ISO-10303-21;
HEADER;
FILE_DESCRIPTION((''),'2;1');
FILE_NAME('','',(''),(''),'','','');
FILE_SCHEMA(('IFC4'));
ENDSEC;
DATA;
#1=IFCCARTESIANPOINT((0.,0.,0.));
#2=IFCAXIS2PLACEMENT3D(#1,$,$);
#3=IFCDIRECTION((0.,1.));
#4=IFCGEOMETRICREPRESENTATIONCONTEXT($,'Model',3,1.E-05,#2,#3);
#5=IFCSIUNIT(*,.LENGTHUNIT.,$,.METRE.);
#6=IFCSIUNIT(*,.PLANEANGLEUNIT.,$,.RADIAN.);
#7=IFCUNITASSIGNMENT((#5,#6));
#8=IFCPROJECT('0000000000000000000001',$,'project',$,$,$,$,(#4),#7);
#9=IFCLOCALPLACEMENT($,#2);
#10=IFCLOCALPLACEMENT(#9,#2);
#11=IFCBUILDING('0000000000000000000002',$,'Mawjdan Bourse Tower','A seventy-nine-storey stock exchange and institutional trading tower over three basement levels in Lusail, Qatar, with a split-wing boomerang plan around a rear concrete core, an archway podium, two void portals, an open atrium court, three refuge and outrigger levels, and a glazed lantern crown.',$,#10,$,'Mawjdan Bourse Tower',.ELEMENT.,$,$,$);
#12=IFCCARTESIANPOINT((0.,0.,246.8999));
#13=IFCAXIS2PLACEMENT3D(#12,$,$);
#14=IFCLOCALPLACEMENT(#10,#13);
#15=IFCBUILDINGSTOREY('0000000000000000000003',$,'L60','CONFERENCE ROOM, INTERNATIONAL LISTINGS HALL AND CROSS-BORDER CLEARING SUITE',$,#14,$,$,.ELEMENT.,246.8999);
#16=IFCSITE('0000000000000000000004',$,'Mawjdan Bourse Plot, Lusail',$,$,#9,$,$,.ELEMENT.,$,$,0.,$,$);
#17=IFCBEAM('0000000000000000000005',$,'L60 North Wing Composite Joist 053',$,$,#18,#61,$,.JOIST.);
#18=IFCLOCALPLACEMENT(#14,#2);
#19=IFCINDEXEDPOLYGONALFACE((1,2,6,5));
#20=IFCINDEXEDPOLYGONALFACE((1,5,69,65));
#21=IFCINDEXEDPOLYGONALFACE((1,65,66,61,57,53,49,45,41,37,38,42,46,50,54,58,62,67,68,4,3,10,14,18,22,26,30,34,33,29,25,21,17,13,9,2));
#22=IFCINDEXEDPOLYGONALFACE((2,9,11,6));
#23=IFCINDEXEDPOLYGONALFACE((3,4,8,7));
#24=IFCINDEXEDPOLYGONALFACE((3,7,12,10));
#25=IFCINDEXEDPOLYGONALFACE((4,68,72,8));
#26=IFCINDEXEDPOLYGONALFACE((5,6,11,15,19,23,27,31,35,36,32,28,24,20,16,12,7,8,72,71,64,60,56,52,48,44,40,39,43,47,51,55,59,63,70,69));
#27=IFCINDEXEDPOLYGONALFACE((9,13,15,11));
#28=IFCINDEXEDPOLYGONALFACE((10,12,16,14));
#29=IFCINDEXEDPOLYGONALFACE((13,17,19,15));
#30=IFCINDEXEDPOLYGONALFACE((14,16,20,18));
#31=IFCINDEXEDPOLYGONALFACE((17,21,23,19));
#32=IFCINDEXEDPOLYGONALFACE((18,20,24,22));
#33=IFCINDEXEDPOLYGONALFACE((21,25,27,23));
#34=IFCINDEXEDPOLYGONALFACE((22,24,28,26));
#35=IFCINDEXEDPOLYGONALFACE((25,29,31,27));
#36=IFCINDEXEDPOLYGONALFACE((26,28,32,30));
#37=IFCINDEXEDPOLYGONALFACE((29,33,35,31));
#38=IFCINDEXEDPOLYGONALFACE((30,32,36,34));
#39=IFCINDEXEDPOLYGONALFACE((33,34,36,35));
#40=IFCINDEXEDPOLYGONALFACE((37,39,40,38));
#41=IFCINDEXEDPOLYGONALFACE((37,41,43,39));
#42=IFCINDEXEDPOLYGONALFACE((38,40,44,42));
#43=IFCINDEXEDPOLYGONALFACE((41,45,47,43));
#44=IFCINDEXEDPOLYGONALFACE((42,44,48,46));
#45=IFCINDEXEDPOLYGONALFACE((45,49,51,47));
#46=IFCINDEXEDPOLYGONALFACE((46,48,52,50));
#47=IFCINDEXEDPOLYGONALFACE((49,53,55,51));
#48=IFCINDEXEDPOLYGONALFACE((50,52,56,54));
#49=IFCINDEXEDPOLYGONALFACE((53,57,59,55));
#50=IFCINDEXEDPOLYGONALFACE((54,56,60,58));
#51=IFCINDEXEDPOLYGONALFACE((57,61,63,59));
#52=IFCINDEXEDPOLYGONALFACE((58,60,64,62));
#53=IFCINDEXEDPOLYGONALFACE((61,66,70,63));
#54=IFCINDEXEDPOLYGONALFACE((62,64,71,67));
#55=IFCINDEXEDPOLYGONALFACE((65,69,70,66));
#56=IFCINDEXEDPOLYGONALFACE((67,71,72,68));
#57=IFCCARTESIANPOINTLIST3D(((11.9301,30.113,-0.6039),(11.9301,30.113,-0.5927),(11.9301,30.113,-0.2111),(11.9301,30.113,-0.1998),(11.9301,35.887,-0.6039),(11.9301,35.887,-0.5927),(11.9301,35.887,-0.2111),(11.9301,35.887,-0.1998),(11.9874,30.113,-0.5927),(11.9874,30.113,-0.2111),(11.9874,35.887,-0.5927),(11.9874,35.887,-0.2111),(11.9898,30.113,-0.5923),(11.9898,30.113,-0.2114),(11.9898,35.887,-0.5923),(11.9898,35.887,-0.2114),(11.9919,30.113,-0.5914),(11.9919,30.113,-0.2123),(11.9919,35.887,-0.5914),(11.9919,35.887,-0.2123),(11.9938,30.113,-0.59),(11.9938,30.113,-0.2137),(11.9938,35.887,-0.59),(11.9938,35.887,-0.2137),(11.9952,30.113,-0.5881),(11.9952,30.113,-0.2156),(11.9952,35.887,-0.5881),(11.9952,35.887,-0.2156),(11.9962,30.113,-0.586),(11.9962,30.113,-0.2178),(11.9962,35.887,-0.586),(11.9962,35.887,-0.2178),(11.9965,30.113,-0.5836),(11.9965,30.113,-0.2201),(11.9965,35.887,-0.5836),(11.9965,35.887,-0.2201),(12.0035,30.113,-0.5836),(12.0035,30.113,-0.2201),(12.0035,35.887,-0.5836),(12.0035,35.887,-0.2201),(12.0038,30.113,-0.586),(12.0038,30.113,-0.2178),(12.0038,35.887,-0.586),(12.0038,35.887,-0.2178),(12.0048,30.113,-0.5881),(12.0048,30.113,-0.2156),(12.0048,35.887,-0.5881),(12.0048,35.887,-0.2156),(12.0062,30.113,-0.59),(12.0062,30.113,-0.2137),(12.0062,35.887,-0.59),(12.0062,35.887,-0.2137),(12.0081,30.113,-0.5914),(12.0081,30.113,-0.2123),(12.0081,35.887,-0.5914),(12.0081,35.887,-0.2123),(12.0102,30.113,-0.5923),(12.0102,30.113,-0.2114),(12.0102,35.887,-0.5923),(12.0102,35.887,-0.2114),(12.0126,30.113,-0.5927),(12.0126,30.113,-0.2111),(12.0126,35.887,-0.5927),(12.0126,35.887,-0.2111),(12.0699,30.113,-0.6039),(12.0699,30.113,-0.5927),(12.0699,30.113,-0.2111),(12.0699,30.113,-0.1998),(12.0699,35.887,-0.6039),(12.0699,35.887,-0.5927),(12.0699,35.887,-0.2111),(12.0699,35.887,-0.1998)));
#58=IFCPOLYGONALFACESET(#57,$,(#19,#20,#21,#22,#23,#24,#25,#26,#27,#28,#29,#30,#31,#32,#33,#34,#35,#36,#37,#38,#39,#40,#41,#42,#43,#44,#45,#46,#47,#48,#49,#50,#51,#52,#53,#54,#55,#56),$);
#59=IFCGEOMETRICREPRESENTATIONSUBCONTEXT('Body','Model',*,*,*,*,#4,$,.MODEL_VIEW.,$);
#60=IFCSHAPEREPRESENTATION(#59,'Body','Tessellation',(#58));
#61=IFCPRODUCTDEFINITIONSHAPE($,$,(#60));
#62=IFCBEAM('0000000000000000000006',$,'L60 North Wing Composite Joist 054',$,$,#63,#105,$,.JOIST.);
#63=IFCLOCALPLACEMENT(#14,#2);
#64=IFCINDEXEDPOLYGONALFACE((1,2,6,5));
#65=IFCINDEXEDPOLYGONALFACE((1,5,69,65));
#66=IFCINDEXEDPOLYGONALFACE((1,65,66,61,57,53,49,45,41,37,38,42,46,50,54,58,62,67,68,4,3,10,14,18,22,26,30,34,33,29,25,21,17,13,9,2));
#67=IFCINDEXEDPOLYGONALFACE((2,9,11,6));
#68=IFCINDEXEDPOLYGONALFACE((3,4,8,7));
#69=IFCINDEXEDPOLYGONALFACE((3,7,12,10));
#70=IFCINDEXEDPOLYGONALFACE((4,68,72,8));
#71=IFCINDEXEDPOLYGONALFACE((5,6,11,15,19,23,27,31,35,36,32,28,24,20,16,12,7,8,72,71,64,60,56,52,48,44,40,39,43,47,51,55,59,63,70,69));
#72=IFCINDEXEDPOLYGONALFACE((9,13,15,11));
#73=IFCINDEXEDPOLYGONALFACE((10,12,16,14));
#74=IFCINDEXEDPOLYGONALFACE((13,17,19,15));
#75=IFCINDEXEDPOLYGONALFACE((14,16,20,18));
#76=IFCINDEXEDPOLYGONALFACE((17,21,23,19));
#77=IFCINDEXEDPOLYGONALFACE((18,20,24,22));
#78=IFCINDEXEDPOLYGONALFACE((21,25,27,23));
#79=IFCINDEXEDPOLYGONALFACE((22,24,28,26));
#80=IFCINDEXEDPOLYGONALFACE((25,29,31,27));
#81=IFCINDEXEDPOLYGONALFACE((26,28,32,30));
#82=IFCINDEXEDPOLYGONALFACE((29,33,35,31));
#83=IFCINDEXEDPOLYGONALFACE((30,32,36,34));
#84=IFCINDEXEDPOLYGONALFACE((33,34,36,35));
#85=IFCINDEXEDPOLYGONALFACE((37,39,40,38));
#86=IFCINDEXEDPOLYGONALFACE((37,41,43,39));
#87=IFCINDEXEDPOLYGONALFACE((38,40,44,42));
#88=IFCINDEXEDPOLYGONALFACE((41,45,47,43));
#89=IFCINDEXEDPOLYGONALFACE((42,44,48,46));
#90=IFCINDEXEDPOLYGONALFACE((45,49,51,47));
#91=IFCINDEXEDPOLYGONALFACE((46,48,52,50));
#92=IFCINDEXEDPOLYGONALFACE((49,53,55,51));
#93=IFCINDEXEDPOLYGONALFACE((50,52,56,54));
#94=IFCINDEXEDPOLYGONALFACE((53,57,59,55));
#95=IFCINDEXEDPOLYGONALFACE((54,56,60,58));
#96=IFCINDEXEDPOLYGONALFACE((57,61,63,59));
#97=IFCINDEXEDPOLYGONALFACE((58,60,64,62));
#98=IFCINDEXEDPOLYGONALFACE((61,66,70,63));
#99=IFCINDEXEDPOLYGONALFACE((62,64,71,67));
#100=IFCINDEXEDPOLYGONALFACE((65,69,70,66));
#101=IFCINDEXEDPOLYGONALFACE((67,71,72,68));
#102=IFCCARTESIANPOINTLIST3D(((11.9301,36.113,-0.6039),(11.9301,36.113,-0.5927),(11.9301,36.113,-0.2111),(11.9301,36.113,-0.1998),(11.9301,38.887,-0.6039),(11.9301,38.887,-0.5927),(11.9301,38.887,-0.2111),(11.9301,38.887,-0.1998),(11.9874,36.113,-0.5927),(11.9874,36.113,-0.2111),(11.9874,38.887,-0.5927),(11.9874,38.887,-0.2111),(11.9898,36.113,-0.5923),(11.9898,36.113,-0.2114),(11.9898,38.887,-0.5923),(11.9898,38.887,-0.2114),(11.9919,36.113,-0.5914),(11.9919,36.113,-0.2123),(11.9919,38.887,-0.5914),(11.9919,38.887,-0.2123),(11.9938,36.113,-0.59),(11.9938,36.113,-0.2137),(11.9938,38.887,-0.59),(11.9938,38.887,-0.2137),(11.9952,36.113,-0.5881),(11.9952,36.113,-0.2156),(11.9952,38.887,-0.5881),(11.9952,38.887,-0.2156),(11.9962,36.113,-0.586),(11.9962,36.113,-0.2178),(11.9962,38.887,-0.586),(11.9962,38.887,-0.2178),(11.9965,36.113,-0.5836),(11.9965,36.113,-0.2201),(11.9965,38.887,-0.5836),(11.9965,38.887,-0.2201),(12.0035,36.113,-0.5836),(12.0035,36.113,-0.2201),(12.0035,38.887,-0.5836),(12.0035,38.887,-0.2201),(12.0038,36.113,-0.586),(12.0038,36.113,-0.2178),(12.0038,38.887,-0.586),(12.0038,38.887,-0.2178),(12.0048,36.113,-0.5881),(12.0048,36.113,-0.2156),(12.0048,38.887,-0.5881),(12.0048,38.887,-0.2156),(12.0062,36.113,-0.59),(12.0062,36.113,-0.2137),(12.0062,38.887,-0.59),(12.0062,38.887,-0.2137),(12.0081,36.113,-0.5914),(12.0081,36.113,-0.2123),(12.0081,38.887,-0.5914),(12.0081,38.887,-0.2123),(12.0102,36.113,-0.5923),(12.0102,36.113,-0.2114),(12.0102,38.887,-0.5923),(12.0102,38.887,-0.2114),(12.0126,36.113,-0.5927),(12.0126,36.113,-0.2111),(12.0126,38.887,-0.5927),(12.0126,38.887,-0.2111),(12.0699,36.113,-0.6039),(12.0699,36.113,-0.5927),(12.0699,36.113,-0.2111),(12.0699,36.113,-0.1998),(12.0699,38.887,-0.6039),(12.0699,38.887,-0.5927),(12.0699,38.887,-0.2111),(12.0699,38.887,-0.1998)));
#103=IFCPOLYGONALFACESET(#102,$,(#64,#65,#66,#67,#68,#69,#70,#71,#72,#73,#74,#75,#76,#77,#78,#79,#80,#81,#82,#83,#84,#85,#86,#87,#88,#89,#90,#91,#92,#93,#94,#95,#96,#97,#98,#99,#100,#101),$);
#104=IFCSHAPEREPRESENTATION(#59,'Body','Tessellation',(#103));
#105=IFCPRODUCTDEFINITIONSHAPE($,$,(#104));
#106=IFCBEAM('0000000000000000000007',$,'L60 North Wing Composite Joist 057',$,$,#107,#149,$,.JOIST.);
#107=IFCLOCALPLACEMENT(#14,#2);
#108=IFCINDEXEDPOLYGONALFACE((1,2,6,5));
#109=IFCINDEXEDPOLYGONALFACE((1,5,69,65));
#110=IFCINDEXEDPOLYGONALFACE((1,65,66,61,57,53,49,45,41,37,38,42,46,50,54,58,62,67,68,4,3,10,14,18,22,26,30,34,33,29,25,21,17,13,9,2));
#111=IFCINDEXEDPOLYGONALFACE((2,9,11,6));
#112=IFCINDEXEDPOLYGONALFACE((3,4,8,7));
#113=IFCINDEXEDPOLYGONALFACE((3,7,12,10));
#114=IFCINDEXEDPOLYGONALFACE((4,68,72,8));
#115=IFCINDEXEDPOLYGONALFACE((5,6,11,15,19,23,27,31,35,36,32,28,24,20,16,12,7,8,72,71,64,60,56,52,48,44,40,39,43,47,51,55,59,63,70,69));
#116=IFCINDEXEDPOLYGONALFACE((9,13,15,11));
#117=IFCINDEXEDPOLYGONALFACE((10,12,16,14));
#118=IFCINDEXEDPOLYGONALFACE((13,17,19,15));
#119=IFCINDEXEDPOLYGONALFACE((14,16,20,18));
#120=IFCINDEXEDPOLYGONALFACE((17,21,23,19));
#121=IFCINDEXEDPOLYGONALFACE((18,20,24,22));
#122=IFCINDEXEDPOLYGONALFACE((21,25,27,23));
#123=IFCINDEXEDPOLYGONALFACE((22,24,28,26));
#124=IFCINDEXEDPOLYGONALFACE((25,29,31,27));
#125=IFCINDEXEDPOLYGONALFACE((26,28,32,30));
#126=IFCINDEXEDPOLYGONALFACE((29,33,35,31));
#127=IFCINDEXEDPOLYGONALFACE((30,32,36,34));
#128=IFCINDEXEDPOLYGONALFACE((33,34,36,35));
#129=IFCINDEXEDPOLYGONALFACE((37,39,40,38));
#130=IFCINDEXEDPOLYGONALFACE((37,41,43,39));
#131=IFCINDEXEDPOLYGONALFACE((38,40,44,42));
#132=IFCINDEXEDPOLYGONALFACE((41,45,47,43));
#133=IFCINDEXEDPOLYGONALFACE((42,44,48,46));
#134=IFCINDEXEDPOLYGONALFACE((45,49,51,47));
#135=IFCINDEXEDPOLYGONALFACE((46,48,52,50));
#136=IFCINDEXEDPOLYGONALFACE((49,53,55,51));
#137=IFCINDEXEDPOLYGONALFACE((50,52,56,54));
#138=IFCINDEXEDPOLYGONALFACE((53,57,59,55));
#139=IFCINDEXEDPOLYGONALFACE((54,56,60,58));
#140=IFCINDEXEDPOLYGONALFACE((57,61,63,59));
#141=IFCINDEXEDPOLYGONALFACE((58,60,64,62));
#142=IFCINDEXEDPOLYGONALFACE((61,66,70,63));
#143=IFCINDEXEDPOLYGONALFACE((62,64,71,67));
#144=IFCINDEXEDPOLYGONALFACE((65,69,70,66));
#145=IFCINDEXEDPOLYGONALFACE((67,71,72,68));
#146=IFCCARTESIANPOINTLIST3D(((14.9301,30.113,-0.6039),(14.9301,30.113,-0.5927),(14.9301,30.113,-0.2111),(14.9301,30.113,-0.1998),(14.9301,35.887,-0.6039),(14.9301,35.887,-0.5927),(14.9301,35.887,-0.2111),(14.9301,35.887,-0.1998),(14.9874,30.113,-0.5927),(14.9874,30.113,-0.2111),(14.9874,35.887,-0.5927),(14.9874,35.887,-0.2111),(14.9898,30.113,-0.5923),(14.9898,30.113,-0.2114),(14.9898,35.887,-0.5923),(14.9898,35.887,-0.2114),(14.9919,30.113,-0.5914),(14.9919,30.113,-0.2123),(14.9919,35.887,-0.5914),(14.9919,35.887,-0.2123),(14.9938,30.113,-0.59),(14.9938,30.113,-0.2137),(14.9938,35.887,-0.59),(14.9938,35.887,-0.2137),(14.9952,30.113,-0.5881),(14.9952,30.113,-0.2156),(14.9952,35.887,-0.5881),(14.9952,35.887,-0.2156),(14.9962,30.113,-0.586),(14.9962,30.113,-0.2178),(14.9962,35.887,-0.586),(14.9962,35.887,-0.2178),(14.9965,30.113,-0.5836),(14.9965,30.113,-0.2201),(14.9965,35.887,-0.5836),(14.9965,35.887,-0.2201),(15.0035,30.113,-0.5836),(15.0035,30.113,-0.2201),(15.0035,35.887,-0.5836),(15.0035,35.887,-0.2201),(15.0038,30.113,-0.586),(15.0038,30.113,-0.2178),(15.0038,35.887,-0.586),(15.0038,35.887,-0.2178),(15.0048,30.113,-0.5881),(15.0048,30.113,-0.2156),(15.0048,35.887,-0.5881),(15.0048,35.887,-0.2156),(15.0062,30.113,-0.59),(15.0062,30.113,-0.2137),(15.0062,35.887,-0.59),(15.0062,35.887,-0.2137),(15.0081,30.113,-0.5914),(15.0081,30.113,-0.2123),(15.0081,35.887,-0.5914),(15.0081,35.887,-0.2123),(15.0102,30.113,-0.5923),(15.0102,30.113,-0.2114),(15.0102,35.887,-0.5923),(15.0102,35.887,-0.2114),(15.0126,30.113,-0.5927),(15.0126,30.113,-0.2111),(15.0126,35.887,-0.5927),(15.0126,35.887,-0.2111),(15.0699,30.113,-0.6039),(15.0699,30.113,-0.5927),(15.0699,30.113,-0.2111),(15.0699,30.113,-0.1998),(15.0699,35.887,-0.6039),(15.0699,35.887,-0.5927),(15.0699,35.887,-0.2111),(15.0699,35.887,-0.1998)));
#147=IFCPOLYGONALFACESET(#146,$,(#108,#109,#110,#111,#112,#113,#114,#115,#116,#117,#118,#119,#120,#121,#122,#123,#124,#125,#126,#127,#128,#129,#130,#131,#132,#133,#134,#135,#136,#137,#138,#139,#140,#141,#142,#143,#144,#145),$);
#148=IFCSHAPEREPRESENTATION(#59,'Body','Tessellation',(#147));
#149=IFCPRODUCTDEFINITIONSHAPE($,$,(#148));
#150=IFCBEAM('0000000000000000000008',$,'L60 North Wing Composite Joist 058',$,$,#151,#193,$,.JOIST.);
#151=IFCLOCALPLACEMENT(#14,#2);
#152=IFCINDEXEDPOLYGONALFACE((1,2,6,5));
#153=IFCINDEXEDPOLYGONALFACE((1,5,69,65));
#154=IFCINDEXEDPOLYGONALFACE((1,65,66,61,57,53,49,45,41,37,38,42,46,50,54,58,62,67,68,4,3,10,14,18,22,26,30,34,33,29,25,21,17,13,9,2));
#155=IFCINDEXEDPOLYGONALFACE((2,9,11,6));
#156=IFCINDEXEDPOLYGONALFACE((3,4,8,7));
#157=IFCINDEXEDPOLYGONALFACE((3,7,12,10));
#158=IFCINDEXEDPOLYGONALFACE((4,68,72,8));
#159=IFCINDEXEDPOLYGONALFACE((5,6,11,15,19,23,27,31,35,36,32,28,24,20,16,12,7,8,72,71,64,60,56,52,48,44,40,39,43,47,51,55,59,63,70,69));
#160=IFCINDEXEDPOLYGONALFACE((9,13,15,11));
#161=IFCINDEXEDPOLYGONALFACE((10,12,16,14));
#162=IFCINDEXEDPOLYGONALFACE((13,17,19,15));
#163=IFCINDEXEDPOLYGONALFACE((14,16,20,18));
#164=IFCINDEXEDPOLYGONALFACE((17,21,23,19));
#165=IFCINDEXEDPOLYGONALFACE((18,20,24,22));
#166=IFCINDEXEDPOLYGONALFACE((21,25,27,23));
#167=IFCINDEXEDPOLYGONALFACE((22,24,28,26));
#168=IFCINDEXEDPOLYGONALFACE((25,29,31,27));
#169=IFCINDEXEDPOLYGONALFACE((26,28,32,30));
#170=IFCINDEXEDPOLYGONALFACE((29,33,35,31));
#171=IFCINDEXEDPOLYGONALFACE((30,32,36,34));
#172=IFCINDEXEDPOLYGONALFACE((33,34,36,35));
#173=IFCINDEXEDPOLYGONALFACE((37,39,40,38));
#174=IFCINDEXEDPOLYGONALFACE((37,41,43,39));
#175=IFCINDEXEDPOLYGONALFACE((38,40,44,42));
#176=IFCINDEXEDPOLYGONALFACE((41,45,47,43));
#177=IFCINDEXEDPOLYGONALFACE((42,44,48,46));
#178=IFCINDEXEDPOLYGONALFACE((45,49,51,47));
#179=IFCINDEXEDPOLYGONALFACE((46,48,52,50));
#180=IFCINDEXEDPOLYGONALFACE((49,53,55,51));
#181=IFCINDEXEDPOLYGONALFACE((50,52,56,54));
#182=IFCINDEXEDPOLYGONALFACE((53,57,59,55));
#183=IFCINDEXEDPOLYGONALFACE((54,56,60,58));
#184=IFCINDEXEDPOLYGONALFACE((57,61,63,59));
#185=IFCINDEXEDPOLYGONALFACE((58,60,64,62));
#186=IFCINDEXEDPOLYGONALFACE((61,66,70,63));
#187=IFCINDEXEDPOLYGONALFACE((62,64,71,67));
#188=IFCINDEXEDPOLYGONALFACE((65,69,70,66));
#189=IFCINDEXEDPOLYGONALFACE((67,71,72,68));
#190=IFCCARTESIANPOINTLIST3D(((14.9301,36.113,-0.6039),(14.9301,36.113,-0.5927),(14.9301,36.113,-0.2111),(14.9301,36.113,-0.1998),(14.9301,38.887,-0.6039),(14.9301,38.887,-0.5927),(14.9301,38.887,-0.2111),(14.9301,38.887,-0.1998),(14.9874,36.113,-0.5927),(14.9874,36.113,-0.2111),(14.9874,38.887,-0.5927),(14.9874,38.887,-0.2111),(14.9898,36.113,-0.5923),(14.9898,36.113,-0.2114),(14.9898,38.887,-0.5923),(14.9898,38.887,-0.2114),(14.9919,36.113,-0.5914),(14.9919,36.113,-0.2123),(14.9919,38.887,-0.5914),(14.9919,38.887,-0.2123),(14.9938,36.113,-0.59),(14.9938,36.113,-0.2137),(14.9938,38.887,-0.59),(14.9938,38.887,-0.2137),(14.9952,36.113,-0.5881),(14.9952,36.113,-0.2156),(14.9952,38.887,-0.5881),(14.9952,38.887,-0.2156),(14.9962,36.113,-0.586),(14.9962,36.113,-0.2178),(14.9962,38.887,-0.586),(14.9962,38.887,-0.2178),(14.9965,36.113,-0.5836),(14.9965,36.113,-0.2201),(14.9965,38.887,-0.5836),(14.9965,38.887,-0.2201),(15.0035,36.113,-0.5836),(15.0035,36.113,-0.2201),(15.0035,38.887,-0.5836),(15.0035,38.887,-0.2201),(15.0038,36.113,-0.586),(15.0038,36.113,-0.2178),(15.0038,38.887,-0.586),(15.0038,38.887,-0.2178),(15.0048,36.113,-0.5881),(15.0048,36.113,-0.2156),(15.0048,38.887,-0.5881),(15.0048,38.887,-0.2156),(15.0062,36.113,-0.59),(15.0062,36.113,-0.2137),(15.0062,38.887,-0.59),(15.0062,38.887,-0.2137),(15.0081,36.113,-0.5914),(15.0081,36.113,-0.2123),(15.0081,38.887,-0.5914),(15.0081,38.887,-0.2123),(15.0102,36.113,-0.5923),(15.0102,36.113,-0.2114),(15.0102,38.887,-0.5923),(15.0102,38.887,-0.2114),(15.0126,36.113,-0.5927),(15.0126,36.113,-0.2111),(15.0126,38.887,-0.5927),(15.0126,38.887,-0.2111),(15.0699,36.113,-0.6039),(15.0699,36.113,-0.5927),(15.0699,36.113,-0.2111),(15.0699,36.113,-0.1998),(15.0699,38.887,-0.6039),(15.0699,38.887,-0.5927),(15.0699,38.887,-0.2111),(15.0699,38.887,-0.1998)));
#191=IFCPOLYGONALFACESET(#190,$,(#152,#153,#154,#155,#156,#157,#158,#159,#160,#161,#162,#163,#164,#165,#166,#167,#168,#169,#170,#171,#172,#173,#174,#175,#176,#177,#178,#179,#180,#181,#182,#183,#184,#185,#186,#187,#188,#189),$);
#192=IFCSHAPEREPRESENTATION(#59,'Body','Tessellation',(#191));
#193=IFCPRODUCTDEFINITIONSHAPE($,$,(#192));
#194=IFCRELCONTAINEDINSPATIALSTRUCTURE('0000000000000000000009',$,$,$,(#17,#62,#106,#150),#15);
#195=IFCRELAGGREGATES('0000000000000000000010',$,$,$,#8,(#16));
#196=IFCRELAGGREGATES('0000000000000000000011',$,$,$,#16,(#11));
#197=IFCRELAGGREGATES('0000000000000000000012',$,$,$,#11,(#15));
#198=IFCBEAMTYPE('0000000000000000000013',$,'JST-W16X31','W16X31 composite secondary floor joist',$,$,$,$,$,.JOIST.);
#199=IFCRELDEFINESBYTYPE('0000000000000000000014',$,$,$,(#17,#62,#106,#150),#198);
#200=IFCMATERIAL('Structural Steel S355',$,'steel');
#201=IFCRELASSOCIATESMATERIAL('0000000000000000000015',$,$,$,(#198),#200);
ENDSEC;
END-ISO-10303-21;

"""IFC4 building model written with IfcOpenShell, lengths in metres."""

from ifc_helpers import new_model, si_unit, direction, frame, origin, origin_2d, place, context, subcontext, project, spatial, i_section, extrude, material, material_profile, profile_set, type_object, element, save


model = new_model("IFC4")

# Units and contexts
model_context = context("Model", 3, precision=1e-05, world=origin(), true_north=direction((0.0, 1.0)))
body_context = subcontext(model_context, "Body", "Model", "MODEL_VIEW")
ifc_project = project(units=[si_unit("LENGTHUNIT", "METRE"), si_unit("PLANEANGLEUNIT", "RADIAN")], contexts=[model_context])

# Site, building, storey
site_placement = place(None, origin())
site = spatial("IfcSite", under=ifc_project, at=site_placement, Name="Mawjdan Bourse Plot, Lusail", CompositionType="ELEMENT", RefElevation=0.0)
building_placement = place(site_placement, origin())
building = spatial("IfcBuilding", under=site, at=building_placement, Name="Mawjdan Bourse Tower", Description="A seventy-nine-storey stock exchange and institutional trading tower over three basement levels in Lusail, Qatar, with a split-wing boomerang plan around a rear concrete core, an archway podium, two void portals, an open atrium court, three refuge and outrigger levels, and a glazed lantern crown.", LongName="Mawjdan Bourse Tower", CompositionType="ELEMENT")
storey_placement = place(building_placement, frame((0.0, 0.0, 246.8999)))
storey = spatial("IfcBuildingStorey", under=building, at=storey_placement, Name="L60", Description="CONFERENCE ROOM, INTERNATIONAL LISTINGS HALL AND CROSS-BORDER CLEARING SUITE", CompositionType="ELEMENT", Elevation=246.8999)

# Beams
ifc_material_1 = material(Name="Structural Steel S355", Category="steel")
ifc_material_profile_1 = material_profile(ifc_material_1, i_section(OverallWidth=0.1399, OverallDepth=0.4041, WebThickness=0.0071, FlangeThickness=0.0112, FilletRadius=0.009, at=origin_2d()), Name="W16X31")
ifc_profile_set_1 = profile_set([ifc_material_profile_1], Name="Structural Steel S355")
beam_type_1 = type_object("IfcBeamType", Name="JST-W16X31", Description="W16X31 composite secondary floor joist", PredefinedType="JOIST", material=ifc_profile_set_1)
beam_1_placement = place(storey_placement, frame((12.0, 30.113, -0.4019), z_axis=(0.0, 1.0, 0.0), x_axis=(-1.0, 0.0, 0.0)))
element("IfcBeam", 1, at=beam_1_placement, inside=storey, type_object=beam_type_1, Name="L60 North Wing Composite Joist 053", PredefinedType="JOIST", context=body_context, shape_type="SweptSolid", body=[
    extrude(i_section(OverallWidth=0.1399, OverallDepth=0.4041, WebThickness=0.0071, FlangeThickness=0.0112, FilletRadius=0.009, at=origin_2d()), origin(), (0.0, 0.0, 1.0), 5.7739),
])
beam_2_placement = place(storey_placement, frame((12.0, 36.113, -0.4019), z_axis=(0.0, 1.0, 0.0), x_axis=(-1.0, 0.0, 0.0)))
element("IfcBeam", 2, at=beam_2_placement, inside=storey, type_object=beam_type_1, Name="L60 North Wing Composite Joist 054", PredefinedType="JOIST", context=body_context, shape_type="SweptSolid", body=[
    extrude(i_section(OverallWidth=0.1399, OverallDepth=0.4041, WebThickness=0.0071, FlangeThickness=0.0112, FilletRadius=0.009, at=origin_2d()), origin(), (0.0, 0.0, 1.0), 2.7739),
])
beam_3_placement = place(storey_placement, frame((15.0, 30.113, -0.4019), z_axis=(0.0, 1.0, 0.0), x_axis=(-1.0, 0.0, 0.0)))
element("IfcBeam", 3, at=beam_3_placement, inside=storey, type_object=beam_type_1, Name="L60 North Wing Composite Joist 057", PredefinedType="JOIST", context=body_context, shape_type="SweptSolid", body=[
    extrude(i_section(OverallWidth=0.1399, OverallDepth=0.4041, WebThickness=0.0071, FlangeThickness=0.0112, FilletRadius=0.009, at=origin_2d()), origin(), (0.0, 0.0, 1.0), 5.7739),
])
beam_4_placement = place(storey_placement, frame((15.0, 36.113, -0.4019), z_axis=(0.0, 1.0, 0.0), x_axis=(-1.0, 0.0, 0.0)))
element("IfcBeam", 4, at=beam_4_placement, inside=storey, type_object=beam_type_1, Name="L60 North Wing Composite Joist 058", PredefinedType="JOIST", context=body_context, shape_type="SweptSolid", body=[
    extrude(i_section(OverallWidth=0.1399, OverallDepth=0.4041, WebThickness=0.0071, FlangeThickness=0.0112, FilletRadius=0.009, at=origin_2d()), origin(), (0.0, 0.0, 1.0), 2.7739),
])

save(model, "model.ifc")
